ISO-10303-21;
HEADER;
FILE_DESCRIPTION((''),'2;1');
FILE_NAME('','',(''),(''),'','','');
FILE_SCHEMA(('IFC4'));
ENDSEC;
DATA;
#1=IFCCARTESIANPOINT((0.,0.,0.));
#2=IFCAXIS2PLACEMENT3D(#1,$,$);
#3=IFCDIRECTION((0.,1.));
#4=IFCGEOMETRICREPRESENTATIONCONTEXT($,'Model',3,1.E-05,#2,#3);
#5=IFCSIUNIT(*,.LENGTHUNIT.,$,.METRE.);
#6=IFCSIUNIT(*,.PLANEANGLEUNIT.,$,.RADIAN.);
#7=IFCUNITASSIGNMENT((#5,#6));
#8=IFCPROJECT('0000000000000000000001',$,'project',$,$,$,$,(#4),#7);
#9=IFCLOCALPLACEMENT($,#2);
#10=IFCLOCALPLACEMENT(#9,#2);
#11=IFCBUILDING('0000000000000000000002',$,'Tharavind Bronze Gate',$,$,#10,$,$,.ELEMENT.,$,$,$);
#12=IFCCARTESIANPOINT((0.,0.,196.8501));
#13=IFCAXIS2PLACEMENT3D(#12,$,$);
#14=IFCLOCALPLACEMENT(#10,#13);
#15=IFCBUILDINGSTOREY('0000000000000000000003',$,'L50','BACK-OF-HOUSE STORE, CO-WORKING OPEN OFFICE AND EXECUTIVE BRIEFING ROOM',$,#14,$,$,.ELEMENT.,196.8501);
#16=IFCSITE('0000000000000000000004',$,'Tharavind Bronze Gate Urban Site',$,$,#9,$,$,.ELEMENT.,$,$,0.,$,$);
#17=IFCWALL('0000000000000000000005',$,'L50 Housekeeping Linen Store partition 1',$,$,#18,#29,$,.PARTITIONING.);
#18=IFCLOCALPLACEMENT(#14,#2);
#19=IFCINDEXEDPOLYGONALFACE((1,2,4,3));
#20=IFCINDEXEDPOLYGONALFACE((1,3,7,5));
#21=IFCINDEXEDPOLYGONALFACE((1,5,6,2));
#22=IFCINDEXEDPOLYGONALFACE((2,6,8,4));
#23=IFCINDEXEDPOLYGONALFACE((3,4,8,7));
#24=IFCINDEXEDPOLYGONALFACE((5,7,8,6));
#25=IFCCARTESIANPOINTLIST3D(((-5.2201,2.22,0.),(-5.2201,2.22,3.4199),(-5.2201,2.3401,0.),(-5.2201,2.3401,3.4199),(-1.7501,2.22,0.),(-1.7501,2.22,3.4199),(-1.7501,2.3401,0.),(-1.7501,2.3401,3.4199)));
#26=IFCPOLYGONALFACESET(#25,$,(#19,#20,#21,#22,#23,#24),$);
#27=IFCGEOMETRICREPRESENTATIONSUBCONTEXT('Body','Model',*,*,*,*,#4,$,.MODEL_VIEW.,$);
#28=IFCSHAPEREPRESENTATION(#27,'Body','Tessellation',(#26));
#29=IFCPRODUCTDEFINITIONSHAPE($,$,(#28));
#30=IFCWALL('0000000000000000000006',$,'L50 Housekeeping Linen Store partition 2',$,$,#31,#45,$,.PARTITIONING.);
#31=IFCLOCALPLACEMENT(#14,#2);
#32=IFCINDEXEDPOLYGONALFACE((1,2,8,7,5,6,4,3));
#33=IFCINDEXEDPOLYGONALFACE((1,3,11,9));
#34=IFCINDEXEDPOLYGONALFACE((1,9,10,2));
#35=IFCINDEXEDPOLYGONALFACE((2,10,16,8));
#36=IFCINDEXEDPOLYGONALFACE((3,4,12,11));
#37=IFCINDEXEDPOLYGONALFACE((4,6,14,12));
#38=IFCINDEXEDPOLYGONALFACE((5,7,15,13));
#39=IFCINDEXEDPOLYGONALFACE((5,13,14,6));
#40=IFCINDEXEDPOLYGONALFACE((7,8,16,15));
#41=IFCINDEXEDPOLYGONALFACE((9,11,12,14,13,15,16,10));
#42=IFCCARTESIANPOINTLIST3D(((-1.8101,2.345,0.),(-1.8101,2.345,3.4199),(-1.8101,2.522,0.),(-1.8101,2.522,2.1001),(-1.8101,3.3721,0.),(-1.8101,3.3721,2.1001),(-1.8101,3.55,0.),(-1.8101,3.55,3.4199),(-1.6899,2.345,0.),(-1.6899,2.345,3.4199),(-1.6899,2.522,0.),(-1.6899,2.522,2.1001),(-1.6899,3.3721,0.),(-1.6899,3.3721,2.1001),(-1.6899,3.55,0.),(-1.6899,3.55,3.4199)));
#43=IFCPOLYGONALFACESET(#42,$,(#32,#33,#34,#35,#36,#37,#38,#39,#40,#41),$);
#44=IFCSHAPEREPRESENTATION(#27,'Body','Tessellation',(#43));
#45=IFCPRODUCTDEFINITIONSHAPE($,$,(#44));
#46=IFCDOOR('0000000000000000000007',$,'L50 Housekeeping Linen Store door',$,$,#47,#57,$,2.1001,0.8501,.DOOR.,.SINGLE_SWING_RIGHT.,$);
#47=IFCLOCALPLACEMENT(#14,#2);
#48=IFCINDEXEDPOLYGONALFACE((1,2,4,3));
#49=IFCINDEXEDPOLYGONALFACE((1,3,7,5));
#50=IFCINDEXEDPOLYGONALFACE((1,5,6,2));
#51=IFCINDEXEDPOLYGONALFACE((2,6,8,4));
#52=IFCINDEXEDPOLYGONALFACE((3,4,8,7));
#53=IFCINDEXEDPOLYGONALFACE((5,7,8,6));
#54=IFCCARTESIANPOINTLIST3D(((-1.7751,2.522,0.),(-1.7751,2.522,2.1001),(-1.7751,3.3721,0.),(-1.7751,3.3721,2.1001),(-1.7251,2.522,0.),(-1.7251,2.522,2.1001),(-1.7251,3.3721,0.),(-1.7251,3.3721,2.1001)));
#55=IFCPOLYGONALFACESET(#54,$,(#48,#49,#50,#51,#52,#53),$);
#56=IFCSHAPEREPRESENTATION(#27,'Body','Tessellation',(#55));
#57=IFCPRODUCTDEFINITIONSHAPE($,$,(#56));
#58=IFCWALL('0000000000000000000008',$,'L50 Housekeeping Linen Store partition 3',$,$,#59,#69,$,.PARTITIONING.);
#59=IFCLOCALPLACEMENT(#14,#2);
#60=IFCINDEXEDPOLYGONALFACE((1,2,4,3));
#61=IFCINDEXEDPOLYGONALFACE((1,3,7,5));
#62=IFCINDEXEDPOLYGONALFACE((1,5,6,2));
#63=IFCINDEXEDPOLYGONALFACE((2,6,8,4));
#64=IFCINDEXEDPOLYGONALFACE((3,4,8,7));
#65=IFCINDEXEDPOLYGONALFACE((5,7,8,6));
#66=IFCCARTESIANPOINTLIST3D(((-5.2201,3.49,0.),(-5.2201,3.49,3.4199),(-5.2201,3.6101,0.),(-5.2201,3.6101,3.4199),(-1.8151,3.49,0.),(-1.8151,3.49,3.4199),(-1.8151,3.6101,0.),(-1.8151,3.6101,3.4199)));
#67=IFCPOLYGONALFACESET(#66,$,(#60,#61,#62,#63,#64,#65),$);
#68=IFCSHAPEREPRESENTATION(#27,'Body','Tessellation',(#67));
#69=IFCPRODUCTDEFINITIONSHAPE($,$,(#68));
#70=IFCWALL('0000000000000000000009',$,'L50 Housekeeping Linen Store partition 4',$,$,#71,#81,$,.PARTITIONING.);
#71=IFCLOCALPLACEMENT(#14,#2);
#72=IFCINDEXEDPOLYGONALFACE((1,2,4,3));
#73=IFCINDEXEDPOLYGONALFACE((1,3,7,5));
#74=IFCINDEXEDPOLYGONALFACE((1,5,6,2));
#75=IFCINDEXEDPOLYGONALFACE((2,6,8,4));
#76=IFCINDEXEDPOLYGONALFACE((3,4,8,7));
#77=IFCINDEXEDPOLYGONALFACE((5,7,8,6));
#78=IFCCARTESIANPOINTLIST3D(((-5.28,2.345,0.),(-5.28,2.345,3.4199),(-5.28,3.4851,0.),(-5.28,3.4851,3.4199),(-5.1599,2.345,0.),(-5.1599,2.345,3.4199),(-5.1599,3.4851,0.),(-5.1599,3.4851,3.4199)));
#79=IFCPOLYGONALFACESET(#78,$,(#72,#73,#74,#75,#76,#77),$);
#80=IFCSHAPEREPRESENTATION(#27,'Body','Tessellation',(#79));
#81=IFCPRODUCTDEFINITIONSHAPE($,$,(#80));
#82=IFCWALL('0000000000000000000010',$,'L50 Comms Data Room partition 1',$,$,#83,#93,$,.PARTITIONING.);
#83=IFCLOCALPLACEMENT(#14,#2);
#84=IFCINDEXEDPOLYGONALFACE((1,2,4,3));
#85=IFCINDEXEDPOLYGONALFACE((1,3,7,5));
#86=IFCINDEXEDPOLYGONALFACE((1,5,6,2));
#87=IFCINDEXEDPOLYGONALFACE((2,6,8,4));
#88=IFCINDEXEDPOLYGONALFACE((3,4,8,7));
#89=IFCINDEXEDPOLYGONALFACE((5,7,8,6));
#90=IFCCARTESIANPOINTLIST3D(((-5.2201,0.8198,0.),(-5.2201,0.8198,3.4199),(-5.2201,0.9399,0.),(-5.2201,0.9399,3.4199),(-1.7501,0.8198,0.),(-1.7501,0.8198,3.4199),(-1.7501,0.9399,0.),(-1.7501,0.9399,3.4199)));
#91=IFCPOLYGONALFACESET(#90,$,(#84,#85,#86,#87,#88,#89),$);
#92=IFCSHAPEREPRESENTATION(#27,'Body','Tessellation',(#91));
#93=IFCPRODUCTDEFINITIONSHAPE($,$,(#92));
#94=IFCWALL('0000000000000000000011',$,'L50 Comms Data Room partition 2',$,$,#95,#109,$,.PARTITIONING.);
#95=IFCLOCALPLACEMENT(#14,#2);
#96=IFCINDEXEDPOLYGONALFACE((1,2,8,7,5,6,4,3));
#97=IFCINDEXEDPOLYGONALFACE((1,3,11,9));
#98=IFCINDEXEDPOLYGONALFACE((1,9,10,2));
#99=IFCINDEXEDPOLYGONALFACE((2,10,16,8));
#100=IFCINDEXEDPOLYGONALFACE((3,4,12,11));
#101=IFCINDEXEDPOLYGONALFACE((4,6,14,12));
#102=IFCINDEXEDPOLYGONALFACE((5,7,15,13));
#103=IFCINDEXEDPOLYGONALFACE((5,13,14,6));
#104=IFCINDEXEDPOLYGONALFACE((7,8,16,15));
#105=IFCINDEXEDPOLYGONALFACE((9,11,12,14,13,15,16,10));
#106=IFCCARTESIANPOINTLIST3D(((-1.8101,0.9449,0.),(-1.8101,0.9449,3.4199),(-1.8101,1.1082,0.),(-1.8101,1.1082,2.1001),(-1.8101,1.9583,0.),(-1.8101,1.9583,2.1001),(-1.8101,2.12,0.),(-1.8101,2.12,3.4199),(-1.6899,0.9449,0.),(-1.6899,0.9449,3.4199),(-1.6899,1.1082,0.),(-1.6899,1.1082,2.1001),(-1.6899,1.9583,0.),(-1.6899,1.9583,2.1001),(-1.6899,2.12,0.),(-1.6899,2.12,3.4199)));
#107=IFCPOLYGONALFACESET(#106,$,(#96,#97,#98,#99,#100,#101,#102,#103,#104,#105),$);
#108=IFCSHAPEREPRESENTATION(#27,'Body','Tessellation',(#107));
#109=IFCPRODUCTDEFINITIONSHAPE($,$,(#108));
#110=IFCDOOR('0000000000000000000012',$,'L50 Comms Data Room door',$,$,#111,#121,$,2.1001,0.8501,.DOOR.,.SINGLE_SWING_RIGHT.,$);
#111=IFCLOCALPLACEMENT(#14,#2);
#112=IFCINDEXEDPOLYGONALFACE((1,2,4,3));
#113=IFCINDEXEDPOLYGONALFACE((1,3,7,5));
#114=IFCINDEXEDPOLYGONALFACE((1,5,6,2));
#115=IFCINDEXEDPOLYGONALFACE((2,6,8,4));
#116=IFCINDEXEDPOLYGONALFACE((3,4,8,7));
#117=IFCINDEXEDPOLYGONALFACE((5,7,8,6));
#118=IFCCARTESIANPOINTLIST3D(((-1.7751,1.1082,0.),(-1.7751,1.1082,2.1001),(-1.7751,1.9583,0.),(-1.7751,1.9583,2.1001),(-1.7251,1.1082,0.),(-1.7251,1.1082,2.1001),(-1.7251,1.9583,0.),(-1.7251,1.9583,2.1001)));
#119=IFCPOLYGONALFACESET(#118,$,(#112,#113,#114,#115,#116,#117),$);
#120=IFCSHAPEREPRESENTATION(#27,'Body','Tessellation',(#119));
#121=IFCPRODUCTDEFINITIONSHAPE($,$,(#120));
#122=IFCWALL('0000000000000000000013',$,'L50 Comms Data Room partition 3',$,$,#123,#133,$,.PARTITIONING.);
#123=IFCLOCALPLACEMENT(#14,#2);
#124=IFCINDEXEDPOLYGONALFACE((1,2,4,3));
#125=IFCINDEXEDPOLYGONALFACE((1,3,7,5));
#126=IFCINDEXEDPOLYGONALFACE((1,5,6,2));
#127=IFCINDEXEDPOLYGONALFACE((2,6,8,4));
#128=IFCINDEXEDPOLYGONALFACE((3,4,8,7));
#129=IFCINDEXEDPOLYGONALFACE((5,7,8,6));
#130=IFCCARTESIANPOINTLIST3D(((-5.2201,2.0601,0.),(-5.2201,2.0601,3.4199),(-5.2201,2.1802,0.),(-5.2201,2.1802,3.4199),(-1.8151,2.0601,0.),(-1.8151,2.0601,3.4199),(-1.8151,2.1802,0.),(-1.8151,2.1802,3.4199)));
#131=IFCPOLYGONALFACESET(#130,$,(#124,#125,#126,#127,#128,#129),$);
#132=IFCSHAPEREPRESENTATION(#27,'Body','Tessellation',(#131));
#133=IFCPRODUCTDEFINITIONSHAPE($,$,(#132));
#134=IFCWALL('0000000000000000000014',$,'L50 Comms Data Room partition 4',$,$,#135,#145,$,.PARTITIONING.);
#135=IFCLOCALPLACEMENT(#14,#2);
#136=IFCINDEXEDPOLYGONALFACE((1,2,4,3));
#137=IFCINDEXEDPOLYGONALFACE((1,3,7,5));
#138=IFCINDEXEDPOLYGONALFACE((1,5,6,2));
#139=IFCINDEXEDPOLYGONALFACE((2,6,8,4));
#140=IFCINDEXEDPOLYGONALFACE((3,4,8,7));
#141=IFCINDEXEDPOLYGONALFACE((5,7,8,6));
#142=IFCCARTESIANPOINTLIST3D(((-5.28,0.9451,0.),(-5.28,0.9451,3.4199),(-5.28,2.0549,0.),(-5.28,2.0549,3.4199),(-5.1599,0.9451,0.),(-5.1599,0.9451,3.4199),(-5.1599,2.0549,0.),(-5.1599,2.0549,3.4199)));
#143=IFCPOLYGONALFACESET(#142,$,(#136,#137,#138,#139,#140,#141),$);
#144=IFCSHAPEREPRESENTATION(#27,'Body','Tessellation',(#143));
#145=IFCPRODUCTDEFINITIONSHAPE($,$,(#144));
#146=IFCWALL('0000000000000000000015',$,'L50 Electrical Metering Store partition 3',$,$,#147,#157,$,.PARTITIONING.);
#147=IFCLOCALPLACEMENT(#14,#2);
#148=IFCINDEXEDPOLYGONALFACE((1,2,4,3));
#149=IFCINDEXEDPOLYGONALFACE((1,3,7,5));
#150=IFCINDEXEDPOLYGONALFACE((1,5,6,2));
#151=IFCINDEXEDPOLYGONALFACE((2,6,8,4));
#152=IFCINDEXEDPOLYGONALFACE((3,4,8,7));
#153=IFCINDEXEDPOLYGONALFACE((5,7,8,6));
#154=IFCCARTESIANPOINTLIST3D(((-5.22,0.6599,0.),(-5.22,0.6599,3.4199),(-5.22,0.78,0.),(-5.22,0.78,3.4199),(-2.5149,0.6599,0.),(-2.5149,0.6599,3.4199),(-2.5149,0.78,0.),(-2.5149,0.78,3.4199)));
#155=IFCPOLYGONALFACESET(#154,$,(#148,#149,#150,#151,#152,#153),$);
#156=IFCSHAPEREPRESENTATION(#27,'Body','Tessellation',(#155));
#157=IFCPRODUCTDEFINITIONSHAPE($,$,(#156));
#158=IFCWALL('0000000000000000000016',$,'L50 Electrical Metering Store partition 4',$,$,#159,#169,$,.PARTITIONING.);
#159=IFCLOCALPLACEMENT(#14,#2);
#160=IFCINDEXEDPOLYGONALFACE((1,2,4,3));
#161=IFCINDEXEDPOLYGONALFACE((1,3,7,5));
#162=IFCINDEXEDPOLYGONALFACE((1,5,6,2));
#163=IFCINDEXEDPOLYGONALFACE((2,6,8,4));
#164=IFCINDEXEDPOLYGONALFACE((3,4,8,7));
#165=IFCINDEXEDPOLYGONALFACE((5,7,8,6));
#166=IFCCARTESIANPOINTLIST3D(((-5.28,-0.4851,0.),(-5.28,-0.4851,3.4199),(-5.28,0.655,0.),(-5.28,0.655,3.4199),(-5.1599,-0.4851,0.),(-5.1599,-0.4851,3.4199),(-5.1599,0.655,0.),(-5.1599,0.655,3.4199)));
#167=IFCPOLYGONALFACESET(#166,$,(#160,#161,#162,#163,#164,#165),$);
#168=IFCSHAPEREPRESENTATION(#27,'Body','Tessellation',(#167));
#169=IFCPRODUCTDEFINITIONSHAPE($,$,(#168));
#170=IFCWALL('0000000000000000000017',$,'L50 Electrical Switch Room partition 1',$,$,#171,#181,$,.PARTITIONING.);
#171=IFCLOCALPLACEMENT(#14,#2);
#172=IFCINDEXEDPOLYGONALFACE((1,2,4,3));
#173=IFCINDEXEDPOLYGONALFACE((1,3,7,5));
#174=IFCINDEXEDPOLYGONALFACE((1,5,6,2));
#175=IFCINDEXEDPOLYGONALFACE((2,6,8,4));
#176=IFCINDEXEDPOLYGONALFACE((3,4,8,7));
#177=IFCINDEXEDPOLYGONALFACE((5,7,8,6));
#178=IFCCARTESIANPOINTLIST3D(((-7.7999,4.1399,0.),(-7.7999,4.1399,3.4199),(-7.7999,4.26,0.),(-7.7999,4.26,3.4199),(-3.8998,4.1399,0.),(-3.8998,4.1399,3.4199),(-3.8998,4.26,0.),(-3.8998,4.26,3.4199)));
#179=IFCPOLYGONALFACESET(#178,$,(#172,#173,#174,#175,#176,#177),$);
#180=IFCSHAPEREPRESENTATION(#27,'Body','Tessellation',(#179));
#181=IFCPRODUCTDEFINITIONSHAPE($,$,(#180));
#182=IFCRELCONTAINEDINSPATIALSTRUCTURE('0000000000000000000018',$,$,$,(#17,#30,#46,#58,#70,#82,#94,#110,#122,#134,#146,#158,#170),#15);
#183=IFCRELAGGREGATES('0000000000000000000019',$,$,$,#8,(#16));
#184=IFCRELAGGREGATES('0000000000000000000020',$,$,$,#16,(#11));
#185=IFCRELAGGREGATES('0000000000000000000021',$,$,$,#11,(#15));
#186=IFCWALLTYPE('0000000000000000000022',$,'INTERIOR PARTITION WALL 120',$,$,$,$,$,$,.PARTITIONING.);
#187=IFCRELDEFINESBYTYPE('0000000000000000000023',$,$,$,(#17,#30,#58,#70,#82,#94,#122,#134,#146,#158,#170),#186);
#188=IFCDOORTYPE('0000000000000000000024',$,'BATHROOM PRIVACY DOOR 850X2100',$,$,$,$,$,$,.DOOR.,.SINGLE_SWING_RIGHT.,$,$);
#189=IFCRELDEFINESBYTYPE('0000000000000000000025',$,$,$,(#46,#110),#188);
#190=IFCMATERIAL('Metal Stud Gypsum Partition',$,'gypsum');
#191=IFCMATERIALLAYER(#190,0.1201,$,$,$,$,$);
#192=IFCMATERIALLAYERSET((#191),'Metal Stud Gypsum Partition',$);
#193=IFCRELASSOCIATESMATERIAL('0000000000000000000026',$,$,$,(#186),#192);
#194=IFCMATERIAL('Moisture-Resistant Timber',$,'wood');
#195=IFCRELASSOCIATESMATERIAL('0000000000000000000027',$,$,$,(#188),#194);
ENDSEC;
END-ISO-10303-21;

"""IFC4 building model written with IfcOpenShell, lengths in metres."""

from ifc_helpers import new_model, si_unit, direction, frame, frame_2d, origin, place, context, subcontext, project, spatial, rectangle, extrude, material, layer, layer_set, type_object, element, fill, save


model = new_model("IFC4")

# Units and contexts
model_context = context("Model", 3, precision=1e-05, world=origin(), true_north=direction((0.0, 1.0)))
body_context = subcontext(model_context, "Body", "Model", "MODEL_VIEW")
ifc_project = project(units=[si_unit("LENGTHUNIT", "METRE"), si_unit("PLANEANGLEUNIT", "RADIAN")], contexts=[model_context])

# Site, building, storey
site_placement = place(None, origin())
site = spatial("IfcSite", under=ifc_project, at=site_placement, Name="Tharavind Bronze Gate Urban Site", CompositionType="ELEMENT", RefElevation=0.0)
building_placement = place(site_placement, origin())
building = spatial("IfcBuilding", under=site, at=building_placement, Name="Tharavind Bronze Gate", CompositionType="ELEMENT")
storey_placement = place(building_placement, frame((0.0, 0.0, 196.8501)))
storey = spatial("IfcBuildingStorey", under=building, at=storey_placement, Name="L50", Description="BACK-OF-HOUSE STORE, CO-WORKING OPEN OFFICE AND EXECUTIVE BRIEFING ROOM", CompositionType="ELEMENT", Elevation=196.8501)

# Wall
ifc_material_1 = material(Name="Metal Stud Gypsum Partition", Category="gypsum")
ifc_layer_1 = layer(ifc_material_1, 0.1201)
ifc_layer_set_1 = layer_set([ifc_layer_1], Name="Metal Stud Gypsum Partition")
wall_type_1 = type_object("IfcWallType", Name="INTERIOR PARTITION WALL 120", PredefinedType="PARTITIONING", material=ifc_layer_set_1)
wall_1_placement = place(storey_placement, frame((-5.22, 2.28, 0.0), z_axis=(0.0, 0.0, 1.0), x_axis=(1.0, 0.0, 0.0)))
element("IfcWall", 1, at=wall_1_placement, inside=storey, type_object=wall_type_1, Name="L50 Housekeeping Linen Store partition 1", PredefinedType="PARTITIONING", context=body_context, shape_type="SweptSolid", body=[
    extrude(rectangle(XDim=3.47, YDim=0.1201, at=frame_2d((1.7349, 0.0))), origin(), (0.0, 0.0, 1.0), 3.4199),
])

# Wall, opening, door
wall_2_placement = place(storey_placement, frame((-1.75, 2.345, 0.0), z_axis=(0.0, 0.0, 1.0), x_axis=(0.0, 1.0, 0.0)))
wall_2 = element("IfcWall", 2, at=wall_2_placement, inside=storey, type_object=wall_type_1, Name="L50 Housekeeping Linen Store partition 2", PredefinedType="PARTITIONING", context=body_context, shape_type="SweptSolid", body=[
    extrude(rectangle(XDim=1.2051, YDim=0.1201, at=frame_2d((0.6025, 0.0))), origin(), (0.0, 0.0, 1.0), 3.4199),
])
opening_1_placement = place(wall_2_placement, frame((0.177, 0.0, 0.0)))
opening_1 = element("IfcOpeningElement", 3, at=opening_1_placement, cuts=wall_2, PredefinedType="OPENING", context=body_context, shape_type="SweptSolid", body=[
    extrude(rectangle(XDim=0.8501, YDim=2.1001, at=frame_2d((0.425, 1.05))), frame((0.0, 0.0701, 0.0), z_axis=(0.0, -1.0, 0.0), x_axis=(1.0, 0.0, 0.0)), (0.0, 0.0, 1.0), 0.1401),
])
ifc_material_2 = material(Name="Moisture-Resistant Timber", Category="wood")
door_type_1 = type_object("IfcDoorType", Name="BATHROOM PRIVACY DOOR 850X2100", OperationType="SINGLE_SWING_RIGHT", PredefinedType="DOOR", material=ifc_material_2)
door_1_placement = place(opening_1_placement, frame((0.8501, 0.0, 0.0), z_axis=(0.0, 0.0, 1.0), x_axis=(-1.0, 0.0, 0.0)))
door_1 = element("IfcDoor", 4, at=door_1_placement, inside=storey, type_object=door_type_1, Name="L50 Housekeeping Linen Store door", OperationType="SINGLE_SWING_RIGHT", OverallHeight=2.1001, OverallWidth=0.8501, PredefinedType="DOOR", context=body_context, shape_type="SweptSolid", body=[
    extrude(rectangle(XDim=0.8501, YDim=2.1001, at=frame_2d((0.425, 1.05))), frame((0.0, 0.0249, 0.0), z_axis=(0.0, -1.0, 0.0), x_axis=(1.0, 0.0, 0.0)), (0.0, 0.0, 1.0), 0.05),
])
fill(opening_1, door_1)

# Walls
wall_3_placement = place(storey_placement, frame((-1.8149, 3.55, 0.0), z_axis=(0.0, 0.0, 1.0), x_axis=(-1.0, 0.0, 0.0)))
element("IfcWall", 5, at=wall_3_placement, inside=storey, type_object=wall_type_1, Name="L50 Housekeeping Linen Store partition 3", PredefinedType="PARTITIONING", context=body_context, shape_type="SweptSolid", body=[
    extrude(rectangle(XDim=3.405, YDim=0.1201, at=frame_2d((1.7026, 0.0))), origin(), (0.0, 0.0, 1.0), 3.4199),
])
wall_4_placement = place(storey_placement, frame((-5.22, 3.4851, 0.0), z_axis=(0.0, 0.0, 1.0), x_axis=(0.0, -1.0, 0.0)))
element("IfcWall", 6, at=wall_4_placement, inside=storey, type_object=wall_type_1, Name="L50 Housekeeping Linen Store partition 4", PredefinedType="PARTITIONING", context=body_context, shape_type="SweptSolid", body=[
    extrude(rectangle(XDim=1.1401, YDim=0.1201, at=frame_2d((0.5701, 0.0))), origin(), (0.0, 0.0, 1.0), 3.4199),
])
wall_5_placement = place(storey_placement, frame((-5.22, 0.8799, 0.0), z_axis=(0.0, 0.0, 1.0), x_axis=(1.0, 0.0, 0.0)))
element("IfcWall", 7, at=wall_5_placement, inside=storey, type_object=wall_type_1, Name="L50 Comms Data Room partition 1", PredefinedType="PARTITIONING", context=body_context, shape_type="SweptSolid", body=[
    extrude(rectangle(XDim=3.47, YDim=0.1201, at=frame_2d((1.7349, 0.0))), origin(), (0.0, 0.0, 1.0), 3.4199),
])

# Wall, opening, door
wall_6_placement = place(storey_placement, frame((-1.75, 0.9451, 0.0), z_axis=(0.0, 0.0, 1.0), x_axis=(0.0, 1.0, 0.0)))
wall_6 = element("IfcWall", 8, at=wall_6_placement, inside=storey, type_object=wall_type_1, Name="L50 Comms Data Room partition 2", PredefinedType="PARTITIONING", context=body_context, shape_type="SweptSolid", body=[
    extrude(rectangle(XDim=1.175, YDim=0.1201, at=frame_2d((0.5874, 0.0))), origin(), (0.0, 0.0, 1.0), 3.4199),
])
opening_2_placement = place(wall_6_placement, frame((0.1631, 0.0, 0.0)))
opening_2 = element("IfcOpeningElement", 9, at=opening_2_placement, cuts=wall_6, PredefinedType="OPENING", context=body_context, shape_type="SweptSolid", body=[
    extrude(rectangle(XDim=0.8501, YDim=2.1001, at=frame_2d((0.425, 1.05))), frame((0.0, 0.0701, 0.0), z_axis=(0.0, -1.0, 0.0), x_axis=(1.0, 0.0, 0.0)), (0.0, 0.0, 1.0), 0.1401),
])
door_2_placement = place(opening_2_placement, frame((0.8501, 0.0, 0.0), z_axis=(0.0, 0.0, 1.0), x_axis=(-1.0, 0.0, 0.0)))
door_2 = element("IfcDoor", 10, at=door_2_placement, inside=storey, type_object=door_type_1, Name="L50 Comms Data Room door", OperationType="SINGLE_SWING_RIGHT", OverallHeight=2.1001, OverallWidth=0.8501, PredefinedType="DOOR", context=body_context, shape_type="SweptSolid", body=[
    extrude(rectangle(XDim=0.8501, YDim=2.1001, at=frame_2d((0.425, 1.05))), frame((0.0, 0.0249, 0.0), z_axis=(0.0, -1.0, 0.0), x_axis=(1.0, 0.0, 0.0)), (0.0, 0.0, 1.0), 0.05),
])
fill(opening_2, door_2)

# Walls
wall_7_placement = place(storey_placement, frame((-1.8149, 2.1201, 0.0), z_axis=(0.0, 0.0, 1.0), x_axis=(-1.0, 0.0, 0.0)))
element("IfcWall", 11, at=wall_7_placement, inside=storey, type_object=wall_type_1, Name="L50 Comms Data Room partition 3", PredefinedType="PARTITIONING", context=body_context, shape_type="SweptSolid", body=[
    extrude(rectangle(XDim=3.405, YDim=0.1201, at=frame_2d((1.7026, 0.0))), origin(), (0.0, 0.0, 1.0), 3.4199),
])
wall_8_placement = place(storey_placement, frame((-5.22, 2.0549, 0.0), z_axis=(0.0, 0.0, 1.0), x_axis=(0.0, -1.0, 0.0)))
element("IfcWall", 12, at=wall_8_placement, inside=storey, type_object=wall_type_1, Name="L50 Comms Data Room partition 4", PredefinedType="PARTITIONING", context=body_context, shape_type="SweptSolid", body=[
    extrude(rectangle(XDim=1.1099, YDim=0.1201, at=frame_2d((0.5549, 0.0))), origin(), (0.0, 0.0, 1.0), 3.4199),
])
wall_9_placement = place(storey_placement, frame((-2.5149, 0.72, 0.0), z_axis=(0.0, 0.0, 1.0), x_axis=(-1.0, 0.0, 0.0)))
element("IfcWall", 13, at=wall_9_placement, inside=storey, type_object=wall_type_1, Name="L50 Electrical Metering Store partition 3", PredefinedType="PARTITIONING", context=body_context, shape_type="SweptSolid", body=[
    extrude(rectangle(XDim=2.7051, YDim=0.1201, at=frame_2d((1.3525, 0.0))), origin(), (0.0, 0.0, 1.0), 3.4199),
])
wall_10_placement = place(storey_placement, frame((-5.22, 0.655, 0.0), z_axis=(0.0, 0.0, 1.0), x_axis=(0.0, -1.0, 0.0)))
element("IfcWall", 14, at=wall_10_placement, inside=storey, type_object=wall_type_1, Name="L50 Electrical Metering Store partition 4", PredefinedType="PARTITIONING", context=body_context, shape_type="SweptSolid", body=[
    extrude(rectangle(XDim=1.1401, YDim=0.1201, at=frame_2d((0.5701, 0.0))), origin(), (0.0, 0.0, 1.0), 3.4199),
])
wall_11_placement = place(storey_placement, frame((-7.8, 4.2, 0.0), z_axis=(0.0, 0.0, 1.0), x_axis=(1.0, 0.0, 0.0)))
element("IfcWall", 15, at=wall_11_placement, inside=storey, type_object=wall_type_1, Name="L50 Electrical Switch Room partition 1", PredefinedType="PARTITIONING", context=body_context, shape_type="SweptSolid", body=[
    extrude(rectangle(XDim=3.9001, YDim=0.1201, at=frame_2d((1.9502, 0.0))), origin(), (0.0, 0.0, 1.0), 3.4199),
])

save(model, "model.ifc")
